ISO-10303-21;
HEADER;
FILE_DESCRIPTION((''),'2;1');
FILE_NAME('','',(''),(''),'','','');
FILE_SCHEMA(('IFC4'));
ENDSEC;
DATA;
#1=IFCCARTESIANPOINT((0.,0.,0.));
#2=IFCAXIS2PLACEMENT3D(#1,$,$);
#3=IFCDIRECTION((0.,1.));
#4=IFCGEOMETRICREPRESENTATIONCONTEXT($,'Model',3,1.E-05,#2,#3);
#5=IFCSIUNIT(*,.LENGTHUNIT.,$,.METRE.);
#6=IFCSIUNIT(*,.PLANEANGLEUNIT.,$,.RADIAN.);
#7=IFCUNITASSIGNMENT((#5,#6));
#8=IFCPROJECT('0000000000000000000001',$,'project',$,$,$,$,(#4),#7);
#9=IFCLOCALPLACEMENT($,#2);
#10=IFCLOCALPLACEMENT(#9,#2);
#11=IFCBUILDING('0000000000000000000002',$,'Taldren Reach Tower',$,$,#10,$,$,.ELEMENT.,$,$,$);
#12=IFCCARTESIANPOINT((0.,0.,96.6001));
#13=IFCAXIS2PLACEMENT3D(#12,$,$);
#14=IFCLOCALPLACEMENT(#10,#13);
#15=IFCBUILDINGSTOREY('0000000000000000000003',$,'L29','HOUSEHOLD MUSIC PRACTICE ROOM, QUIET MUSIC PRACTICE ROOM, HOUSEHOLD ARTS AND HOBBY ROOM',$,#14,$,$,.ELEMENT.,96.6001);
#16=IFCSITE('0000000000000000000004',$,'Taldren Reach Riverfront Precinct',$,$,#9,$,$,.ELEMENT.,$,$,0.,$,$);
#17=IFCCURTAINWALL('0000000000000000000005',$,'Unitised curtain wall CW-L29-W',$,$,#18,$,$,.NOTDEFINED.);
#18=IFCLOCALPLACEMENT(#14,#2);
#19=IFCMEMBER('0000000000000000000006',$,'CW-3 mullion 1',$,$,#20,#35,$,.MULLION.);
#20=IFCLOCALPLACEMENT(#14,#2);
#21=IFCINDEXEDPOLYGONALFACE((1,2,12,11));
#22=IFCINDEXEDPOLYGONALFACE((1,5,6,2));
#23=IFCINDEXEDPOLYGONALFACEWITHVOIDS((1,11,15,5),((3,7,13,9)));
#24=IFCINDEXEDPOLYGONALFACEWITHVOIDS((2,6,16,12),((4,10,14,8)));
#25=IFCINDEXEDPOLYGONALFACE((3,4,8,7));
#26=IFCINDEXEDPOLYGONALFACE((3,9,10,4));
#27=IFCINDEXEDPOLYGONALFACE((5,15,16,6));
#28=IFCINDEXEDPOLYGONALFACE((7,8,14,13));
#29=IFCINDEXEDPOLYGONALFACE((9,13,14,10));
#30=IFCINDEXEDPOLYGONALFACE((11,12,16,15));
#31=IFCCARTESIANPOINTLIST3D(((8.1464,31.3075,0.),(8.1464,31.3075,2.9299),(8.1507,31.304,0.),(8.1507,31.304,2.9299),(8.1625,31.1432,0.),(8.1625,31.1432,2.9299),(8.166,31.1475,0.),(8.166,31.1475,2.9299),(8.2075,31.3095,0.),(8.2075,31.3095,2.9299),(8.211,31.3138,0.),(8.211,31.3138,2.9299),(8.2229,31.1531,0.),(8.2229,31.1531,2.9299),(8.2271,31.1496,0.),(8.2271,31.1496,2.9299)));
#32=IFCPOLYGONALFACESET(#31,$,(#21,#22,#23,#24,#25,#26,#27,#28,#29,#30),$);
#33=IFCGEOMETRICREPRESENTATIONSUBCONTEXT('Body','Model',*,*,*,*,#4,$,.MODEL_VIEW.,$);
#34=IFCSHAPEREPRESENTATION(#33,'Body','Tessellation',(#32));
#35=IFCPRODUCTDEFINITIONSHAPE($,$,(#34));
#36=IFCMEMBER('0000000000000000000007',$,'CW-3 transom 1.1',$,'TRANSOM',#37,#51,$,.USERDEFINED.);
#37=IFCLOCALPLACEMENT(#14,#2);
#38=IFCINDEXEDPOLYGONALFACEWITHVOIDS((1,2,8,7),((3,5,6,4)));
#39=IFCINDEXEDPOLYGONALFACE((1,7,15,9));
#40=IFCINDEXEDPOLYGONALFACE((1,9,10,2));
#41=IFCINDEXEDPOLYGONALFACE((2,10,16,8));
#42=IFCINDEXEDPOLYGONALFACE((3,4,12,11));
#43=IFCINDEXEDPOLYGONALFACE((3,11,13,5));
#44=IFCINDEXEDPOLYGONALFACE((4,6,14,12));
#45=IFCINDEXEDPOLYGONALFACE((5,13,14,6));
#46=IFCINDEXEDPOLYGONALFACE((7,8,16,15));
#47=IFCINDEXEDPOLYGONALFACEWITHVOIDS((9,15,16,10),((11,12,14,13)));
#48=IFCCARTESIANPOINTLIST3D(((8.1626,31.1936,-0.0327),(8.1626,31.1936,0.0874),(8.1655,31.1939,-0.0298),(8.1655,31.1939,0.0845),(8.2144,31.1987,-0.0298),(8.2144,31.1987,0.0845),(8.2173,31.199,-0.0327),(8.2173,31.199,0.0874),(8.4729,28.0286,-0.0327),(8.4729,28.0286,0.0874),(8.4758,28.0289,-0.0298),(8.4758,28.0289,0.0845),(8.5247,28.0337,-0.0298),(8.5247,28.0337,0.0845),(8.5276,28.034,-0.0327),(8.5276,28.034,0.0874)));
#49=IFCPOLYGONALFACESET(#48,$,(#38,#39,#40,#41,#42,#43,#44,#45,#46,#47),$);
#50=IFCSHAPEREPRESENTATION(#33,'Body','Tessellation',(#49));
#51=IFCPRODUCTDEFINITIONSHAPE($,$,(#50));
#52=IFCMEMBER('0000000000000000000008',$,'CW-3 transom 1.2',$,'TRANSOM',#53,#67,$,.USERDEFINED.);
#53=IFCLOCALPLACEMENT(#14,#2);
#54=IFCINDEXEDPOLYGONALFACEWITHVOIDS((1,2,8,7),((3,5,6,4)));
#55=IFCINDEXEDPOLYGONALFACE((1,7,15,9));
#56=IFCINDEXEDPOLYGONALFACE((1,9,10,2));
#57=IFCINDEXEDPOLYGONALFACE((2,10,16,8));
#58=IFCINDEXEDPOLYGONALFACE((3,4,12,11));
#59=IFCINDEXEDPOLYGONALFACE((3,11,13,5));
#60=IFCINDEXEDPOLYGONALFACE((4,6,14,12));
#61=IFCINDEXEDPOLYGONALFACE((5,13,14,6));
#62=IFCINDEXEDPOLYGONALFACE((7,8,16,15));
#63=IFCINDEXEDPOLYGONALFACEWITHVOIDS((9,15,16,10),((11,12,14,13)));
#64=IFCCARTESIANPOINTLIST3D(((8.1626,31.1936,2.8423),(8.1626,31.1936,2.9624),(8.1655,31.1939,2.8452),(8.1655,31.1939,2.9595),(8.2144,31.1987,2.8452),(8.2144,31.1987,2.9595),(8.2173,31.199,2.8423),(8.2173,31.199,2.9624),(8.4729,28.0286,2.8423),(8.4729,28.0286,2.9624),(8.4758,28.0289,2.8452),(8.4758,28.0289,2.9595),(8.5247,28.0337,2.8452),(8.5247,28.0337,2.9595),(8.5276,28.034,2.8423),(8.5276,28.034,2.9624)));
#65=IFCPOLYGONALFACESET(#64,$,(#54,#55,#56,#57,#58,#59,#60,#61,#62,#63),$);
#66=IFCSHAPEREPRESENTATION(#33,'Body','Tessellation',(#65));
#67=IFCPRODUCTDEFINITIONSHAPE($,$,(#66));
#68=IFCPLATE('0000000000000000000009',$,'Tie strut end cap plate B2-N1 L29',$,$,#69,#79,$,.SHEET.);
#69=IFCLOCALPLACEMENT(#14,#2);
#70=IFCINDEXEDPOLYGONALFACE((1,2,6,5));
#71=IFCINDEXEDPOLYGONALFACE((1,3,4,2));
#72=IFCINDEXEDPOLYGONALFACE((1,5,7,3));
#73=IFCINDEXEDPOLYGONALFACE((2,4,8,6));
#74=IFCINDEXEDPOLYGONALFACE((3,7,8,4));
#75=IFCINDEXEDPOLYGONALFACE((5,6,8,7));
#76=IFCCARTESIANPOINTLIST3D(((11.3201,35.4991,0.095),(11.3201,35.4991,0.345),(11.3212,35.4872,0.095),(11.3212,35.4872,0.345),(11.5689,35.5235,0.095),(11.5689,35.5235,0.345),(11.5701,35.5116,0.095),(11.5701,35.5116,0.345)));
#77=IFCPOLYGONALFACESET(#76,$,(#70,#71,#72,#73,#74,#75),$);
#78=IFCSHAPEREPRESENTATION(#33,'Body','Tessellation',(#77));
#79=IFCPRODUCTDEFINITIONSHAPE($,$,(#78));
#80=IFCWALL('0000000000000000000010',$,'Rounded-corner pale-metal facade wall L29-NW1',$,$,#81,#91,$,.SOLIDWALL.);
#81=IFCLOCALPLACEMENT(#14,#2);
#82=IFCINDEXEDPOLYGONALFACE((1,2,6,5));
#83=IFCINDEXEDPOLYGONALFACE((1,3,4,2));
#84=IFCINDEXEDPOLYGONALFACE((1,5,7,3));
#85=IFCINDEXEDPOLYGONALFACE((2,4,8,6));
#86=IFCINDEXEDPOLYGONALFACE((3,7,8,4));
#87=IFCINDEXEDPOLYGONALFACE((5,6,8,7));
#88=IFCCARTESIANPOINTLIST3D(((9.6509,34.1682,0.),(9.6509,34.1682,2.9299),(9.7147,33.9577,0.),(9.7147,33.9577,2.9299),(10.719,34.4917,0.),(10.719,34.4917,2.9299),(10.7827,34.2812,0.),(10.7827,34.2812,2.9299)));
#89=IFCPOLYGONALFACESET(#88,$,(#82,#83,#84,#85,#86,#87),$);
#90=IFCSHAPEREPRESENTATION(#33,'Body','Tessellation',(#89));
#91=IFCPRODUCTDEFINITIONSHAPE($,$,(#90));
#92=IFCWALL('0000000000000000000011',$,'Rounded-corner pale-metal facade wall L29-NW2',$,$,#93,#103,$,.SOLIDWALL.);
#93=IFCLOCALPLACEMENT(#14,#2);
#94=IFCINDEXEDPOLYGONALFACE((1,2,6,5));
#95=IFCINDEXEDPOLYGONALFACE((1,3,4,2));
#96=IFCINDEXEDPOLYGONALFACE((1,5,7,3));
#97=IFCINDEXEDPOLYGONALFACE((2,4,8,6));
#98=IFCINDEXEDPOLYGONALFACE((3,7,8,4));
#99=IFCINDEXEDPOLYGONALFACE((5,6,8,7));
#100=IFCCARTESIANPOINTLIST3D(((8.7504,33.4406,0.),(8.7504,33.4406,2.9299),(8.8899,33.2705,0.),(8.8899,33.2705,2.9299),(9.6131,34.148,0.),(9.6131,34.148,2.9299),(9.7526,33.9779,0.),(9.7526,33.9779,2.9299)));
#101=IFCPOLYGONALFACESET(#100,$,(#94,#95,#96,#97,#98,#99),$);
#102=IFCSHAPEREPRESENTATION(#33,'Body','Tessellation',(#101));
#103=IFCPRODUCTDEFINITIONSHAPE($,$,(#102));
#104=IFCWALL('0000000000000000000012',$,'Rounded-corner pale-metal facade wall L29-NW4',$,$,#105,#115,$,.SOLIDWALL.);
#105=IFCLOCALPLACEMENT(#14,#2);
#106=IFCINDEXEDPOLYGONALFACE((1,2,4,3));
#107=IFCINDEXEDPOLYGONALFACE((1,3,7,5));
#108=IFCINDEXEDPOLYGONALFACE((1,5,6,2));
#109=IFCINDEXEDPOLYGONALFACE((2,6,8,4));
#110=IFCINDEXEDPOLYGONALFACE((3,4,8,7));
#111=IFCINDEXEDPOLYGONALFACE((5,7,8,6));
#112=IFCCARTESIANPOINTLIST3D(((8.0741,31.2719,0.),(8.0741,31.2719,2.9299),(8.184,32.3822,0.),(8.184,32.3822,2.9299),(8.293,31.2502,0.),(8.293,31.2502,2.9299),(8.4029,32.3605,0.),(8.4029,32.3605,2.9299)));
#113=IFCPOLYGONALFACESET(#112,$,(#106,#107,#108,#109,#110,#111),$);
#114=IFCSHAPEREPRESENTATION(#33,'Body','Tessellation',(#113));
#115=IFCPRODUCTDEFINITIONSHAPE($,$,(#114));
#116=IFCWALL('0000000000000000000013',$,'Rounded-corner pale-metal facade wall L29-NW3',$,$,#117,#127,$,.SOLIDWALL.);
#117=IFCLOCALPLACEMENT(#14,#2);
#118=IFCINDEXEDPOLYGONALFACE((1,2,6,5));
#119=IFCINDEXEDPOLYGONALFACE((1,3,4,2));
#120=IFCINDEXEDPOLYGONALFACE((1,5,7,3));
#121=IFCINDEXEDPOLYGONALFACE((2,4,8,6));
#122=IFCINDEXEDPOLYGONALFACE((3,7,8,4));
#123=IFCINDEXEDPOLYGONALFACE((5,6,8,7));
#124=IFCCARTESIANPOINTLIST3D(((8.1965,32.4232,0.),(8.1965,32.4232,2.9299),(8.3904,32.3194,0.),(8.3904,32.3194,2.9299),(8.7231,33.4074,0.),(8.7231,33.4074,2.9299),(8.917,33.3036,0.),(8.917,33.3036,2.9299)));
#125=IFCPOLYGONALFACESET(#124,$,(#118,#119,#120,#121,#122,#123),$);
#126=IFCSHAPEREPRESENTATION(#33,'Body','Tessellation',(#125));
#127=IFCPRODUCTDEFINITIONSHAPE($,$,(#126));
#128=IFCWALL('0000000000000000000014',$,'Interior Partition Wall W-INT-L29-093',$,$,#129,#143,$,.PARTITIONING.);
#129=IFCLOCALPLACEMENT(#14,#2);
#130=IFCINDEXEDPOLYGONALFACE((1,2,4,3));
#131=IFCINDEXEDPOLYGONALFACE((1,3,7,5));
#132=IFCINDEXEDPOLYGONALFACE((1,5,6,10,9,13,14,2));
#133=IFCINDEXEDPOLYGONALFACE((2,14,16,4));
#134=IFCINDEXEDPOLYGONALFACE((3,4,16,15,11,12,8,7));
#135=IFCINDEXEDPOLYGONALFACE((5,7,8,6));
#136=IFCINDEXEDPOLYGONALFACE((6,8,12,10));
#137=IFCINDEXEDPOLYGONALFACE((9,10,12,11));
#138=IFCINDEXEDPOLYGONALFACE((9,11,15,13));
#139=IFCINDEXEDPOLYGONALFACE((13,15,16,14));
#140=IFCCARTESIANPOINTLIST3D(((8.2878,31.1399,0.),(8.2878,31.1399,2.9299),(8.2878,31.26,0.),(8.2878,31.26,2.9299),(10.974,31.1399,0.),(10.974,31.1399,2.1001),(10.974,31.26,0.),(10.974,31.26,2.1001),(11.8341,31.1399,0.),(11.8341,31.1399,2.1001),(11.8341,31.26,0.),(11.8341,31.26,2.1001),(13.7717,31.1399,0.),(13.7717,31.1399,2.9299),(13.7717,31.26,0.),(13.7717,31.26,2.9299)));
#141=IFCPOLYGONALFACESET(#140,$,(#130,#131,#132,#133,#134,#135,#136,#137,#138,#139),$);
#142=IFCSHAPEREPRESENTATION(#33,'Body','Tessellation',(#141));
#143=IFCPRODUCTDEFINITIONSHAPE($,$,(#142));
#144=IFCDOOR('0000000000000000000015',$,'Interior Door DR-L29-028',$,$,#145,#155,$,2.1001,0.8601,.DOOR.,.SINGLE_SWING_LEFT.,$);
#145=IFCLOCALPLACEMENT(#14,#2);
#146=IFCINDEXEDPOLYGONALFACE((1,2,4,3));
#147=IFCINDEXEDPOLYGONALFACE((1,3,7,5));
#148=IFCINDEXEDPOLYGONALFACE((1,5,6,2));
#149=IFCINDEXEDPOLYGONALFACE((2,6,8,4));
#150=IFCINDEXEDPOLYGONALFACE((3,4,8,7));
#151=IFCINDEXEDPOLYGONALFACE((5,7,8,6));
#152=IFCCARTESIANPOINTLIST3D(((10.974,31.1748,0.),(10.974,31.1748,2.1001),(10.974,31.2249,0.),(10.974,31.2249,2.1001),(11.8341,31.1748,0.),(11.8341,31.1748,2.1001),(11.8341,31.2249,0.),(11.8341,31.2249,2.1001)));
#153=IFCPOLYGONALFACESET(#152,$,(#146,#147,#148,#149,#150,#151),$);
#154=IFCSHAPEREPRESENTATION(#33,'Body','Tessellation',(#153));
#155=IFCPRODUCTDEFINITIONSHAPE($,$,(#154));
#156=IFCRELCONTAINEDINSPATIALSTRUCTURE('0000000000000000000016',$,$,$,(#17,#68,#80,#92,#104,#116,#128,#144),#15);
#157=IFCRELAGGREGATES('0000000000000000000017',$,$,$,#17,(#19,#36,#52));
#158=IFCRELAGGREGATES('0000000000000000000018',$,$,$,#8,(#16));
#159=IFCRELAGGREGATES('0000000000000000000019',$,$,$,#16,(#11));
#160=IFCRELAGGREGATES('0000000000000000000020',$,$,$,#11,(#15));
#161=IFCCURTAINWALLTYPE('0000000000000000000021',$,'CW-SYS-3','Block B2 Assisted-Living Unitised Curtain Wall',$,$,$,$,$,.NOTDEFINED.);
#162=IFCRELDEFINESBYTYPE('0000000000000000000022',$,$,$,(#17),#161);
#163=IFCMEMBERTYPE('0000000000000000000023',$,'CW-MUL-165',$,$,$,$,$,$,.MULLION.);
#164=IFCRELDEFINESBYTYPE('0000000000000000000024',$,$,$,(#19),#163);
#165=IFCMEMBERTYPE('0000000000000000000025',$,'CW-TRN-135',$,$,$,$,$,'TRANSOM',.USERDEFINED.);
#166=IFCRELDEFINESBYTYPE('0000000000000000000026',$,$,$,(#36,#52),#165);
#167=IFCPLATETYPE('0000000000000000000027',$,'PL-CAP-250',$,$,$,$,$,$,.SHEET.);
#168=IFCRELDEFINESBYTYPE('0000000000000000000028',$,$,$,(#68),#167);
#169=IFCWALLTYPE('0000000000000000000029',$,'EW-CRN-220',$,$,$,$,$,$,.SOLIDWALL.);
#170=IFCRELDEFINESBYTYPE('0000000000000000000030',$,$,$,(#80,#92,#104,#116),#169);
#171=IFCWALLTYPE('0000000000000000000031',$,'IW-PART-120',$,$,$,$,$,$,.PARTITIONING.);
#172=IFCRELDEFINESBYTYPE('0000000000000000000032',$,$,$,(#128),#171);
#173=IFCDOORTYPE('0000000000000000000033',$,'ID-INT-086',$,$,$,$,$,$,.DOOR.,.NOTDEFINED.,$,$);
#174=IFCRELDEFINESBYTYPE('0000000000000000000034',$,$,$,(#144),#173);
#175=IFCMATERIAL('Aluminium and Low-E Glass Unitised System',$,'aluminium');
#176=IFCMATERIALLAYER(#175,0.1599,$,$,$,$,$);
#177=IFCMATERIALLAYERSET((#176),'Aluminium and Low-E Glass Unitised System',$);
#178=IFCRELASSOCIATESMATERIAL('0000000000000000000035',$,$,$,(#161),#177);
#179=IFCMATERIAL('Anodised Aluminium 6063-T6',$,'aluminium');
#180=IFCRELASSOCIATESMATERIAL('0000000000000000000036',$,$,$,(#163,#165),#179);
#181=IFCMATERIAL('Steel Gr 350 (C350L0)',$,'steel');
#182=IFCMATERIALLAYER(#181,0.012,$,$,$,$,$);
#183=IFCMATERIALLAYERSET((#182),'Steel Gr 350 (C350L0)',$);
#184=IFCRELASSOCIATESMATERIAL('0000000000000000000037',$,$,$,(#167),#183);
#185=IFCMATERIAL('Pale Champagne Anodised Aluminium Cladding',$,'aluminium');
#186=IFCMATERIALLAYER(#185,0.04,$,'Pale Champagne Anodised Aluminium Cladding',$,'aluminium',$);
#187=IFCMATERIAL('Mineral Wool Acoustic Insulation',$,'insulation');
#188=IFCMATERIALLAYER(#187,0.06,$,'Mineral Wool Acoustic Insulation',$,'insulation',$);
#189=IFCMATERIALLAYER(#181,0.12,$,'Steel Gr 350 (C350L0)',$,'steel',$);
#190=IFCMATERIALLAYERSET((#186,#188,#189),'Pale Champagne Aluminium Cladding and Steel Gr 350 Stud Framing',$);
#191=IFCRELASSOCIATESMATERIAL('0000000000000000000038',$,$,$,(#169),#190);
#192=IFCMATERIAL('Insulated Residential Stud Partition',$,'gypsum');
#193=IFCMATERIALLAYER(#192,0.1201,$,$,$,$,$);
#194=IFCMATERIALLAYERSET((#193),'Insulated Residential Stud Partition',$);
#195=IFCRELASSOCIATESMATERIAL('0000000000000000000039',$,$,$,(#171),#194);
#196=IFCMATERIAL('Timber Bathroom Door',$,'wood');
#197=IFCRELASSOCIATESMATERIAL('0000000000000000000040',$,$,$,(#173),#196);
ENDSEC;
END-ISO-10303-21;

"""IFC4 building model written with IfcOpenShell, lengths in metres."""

from ifc_helpers import new_model, si_unit, direction, frame, frame_2d, origin, origin_2d, place, context, subcontext, project, spatial, rectangle, hollow_rectangle, extrude, source, transform, mapped, material, layer, layer_set, material_profile, profile_set, type_object, element, fill, aggregate, save


model = new_model("IFC4")

# Units and contexts
model_context = context("Model", 3, precision=1e-05, world=origin(), true_north=direction((0.0, 1.0)))
body_context = subcontext(model_context, "Body", "Model", "MODEL_VIEW")
ifc_project = project(units=[si_unit("LENGTHUNIT", "METRE"), si_unit("PLANEANGLEUNIT", "RADIAN")], contexts=[model_context])

# Site, building, storey
site_placement = place(None, origin())
site = spatial("IfcSite", under=ifc_project, at=site_placement, Name="Taldren Reach Riverfront Precinct", CompositionType="ELEMENT", RefElevation=0.0)
building_placement = place(site_placement, origin())
building = spatial("IfcBuilding", under=site, at=building_placement, Name="Taldren Reach Tower", CompositionType="ELEMENT")
storey_placement = place(building_placement, frame((0.0, 0.0, 96.6001)))
storey = spatial("IfcBuildingStorey", under=building, at=storey_placement, Name="L29", Description="HOUSEHOLD MUSIC PRACTICE ROOM, QUIET MUSIC PRACTICE ROOM, HOUSEHOLD ARTS AND HOBBY ROOM", CompositionType="ELEMENT", Elevation=96.6001)

# Shared definitions
ifc_material_1 = material(Name="Steel Gr 350 (C350L0)", Category="steel")

# Shared definitions
ifc_material_2 = material(Name="Aluminium and Low-E Glass Unitised System", Category="aluminium")
ifc_layer_1 = layer(ifc_material_2, 0.1599)
ifc_layer_set_1 = layer_set([ifc_layer_1], Name="Aluminium and Low-E Glass Unitised System")
curtain_wall_type = type_object("IfcCurtainWallType", Name="CW-SYS-3", Description="Block B2 Assisted-Living Unitised Curtain Wall", PredefinedType="NOTDEFINED", material=ifc_layer_set_1)
ifc_material_3 = material(Name="Anodised Aluminium 6063-T6", Category="aluminium")
ifc_material_profile_1 = material_profile(ifc_material_3, hollow_rectangle(XDim=0.0649, YDim=0.165, WallThickness=0.0039, at=origin_2d()), Name="ALU-165x65x4RHS")
ifc_profile_set_1 = profile_set([ifc_material_profile_1], Name="Anodised Aluminium 6063-T6")
member_type_1 = type_object("IfcMemberType", Name="CW-MUL-165", PredefinedType="MULLION", material=ifc_profile_set_1)
shared_shape_1 = source(origin(), body_context, "Body", "SweptSolid", [
    extrude(hollow_rectangle(XDim=0.0649, YDim=0.165, WallThickness=0.0039, at=origin_2d()), origin(), (0.0, 0.0, 1.0), 2.9299),
])

# Curtain wall, members
curtain_wall_1_placement = place(storey_placement, origin())
curtain_wall_1 = element("IfcCurtainWall", 1, at=curtain_wall_1_placement, inside=storey, type_object=curtain_wall_type, Name="Unitised curtain wall CW-L29-W", PredefinedType="NOTDEFINED")
member_1_placement = place(storey_placement, frame((8.1868, 31.2285, 0.0), z_axis=(0.0, 0.0, 1.0), x_axis=(0.995227, 0.097583, 0.0)))
member_1 = element("IfcMember", 2, at=member_1_placement, type_object=member_type_1, Name="CW-3 mullion 1", PredefinedType="MULLION", context=body_context, shape_type="MappedRepresentation", body=[
    mapped(shared_shape_1, transform((0.0, 0.0, 0.0), scale=1.0)),
])
ifc_material_profile_2 = material_profile(ifc_material_3, hollow_rectangle(XDim=0.0549, YDim=0.1201, WallThickness=0.0029, at=origin_2d()), Name="ALU-120x55x3RHS")
ifc_profile_set_2 = profile_set([ifc_material_profile_2], Name="Anodised Aluminium 6063-T6")
member_type_2 = type_object("IfcMemberType", Name="CW-TRN-135", ElementType="TRANSOM", PredefinedType="USERDEFINED", material=ifc_profile_set_2)
shared_shape_2 = source(origin(), body_context, "Body", "SweptSolid", [
    extrude(hollow_rectangle(XDim=0.0549, YDim=0.1201, WallThickness=0.0029, at=origin_2d()), origin(), (0.0, 0.0, 1.0), 3.1802),
])
member_2_placement = place(storey_placement, frame((8.1899, 31.1963, 0.0273), z_axis=(0.097573, -0.995228, 0.0), x_axis=(0.995228, 0.097573, 0.0)))
member_2 = element("IfcMember", 3, at=member_2_placement, type_object=member_type_2, Name="CW-3 transom 1.1", ObjectType="TRANSOM", PredefinedType="USERDEFINED", context=body_context, shape_type="MappedRepresentation", body=[
    mapped(shared_shape_2, transform((0.0, 0.0, 0.0), scale=1.0)),
])
member_3_placement = place(storey_placement, frame((8.1899, 31.1963, 2.9023), z_axis=(0.097573, -0.995228, 0.0), x_axis=(0.995228, 0.097573, 0.0)))
member_3 = element("IfcMember", 4, at=member_3_placement, type_object=member_type_2, Name="CW-3 transom 1.2", ObjectType="TRANSOM", PredefinedType="USERDEFINED", context=body_context, shape_type="MappedRepresentation", body=[
    mapped(shared_shape_2, transform((0.0, 0.0, 0.0), scale=1.0)),
])
aggregate(curtain_wall_1, [member_1, member_2, member_3])

# Plate
ifc_layer_2 = layer(ifc_material_1, 0.012)
ifc_layer_set_2 = layer_set([ifc_layer_2], Name="Steel Gr 350 (C350L0)")
plate_type = type_object("IfcPlateType", Name="PL-CAP-250", PredefinedType="SHEET", material=ifc_layer_set_2)
shared_shape_3 = source(origin(), body_context, "Body", "SweptSolid", [
    extrude(rectangle(XDim=0.25, YDim=0.012, at=origin_2d()), origin(), (0.0, 0.0, 1.0), 0.25),
])
plate_placement = place(storey_placement, frame((11.4451, 35.5054, 0.095), z_axis=(0.0, 0.0, 1.0), x_axis=(0.995227, 0.097583, 0.0)))
element("IfcPlate", 5, at=plate_placement, inside=storey, type_object=plate_type, Name="Tie strut end cap plate B2-N1 L29", PredefinedType="SHEET", context=body_context, shape_type="MappedRepresentation", body=[
    mapped(shared_shape_3, transform((0.0, 0.0, 0.0), scale=1.0)),
])

# Walls
ifc_material_4 = material(Name="Pale Champagne Anodised Aluminium Cladding", Category="aluminium")
ifc_layer_3 = layer(ifc_material_4, 0.04, Name="Pale Champagne Anodised Aluminium Cladding", Category="aluminium")
ifc_material_5 = material(Name="Mineral Wool Acoustic Insulation", Category="insulation")
ifc_layer_4 = layer(ifc_material_5, 0.06, Name="Mineral Wool Acoustic Insulation", Category="insulation")
ifc_layer_5 = layer(ifc_material_1, 0.12, Name="Steel Gr 350 (C350L0)", Category="steel")
ifc_layer_set_3 = layer_set([ifc_layer_3, ifc_layer_4, ifc_layer_5], Name="Pale Champagne Aluminium Cladding and Steel Gr 350 Stud Framing")
wall_type_1 = type_object("IfcWallType", Name="EW-CRN-220", PredefinedType="SOLIDWALL", material=ifc_layer_set_3)
shared_shape_4 = source(origin(), body_context, "Body", "SweptSolid", [
    extrude(rectangle(XDim=1.116, YDim=0.22, at=frame_2d((0.5581, 0.0))), origin(), (0.0, 0.0, 1.0), 2.9299),
])
wall_1_placement = place(storey_placement, frame((10.751, 34.3865, 0.0), z_axis=(0.0, 0.0, 1.0), x_axis=(-0.95707, -0.289856, 0.0)))
element("IfcWall", 6, at=wall_1_placement, inside=storey, type_object=wall_type_1, Name="Rounded-corner pale-metal facade wall L29-NW1", PredefinedType="SOLIDWALL", context=body_context, shape_type="MappedRepresentation", body=[
    mapped(shared_shape_4, transform((0.0, 0.0, 0.0), scale=1.0)),
])
shared_shape_5 = source(origin(), body_context, "Body", "SweptSolid", [
    extrude(rectangle(XDim=1.1157, YDim=0.22, at=frame_2d((0.5579, 0.0))), origin(), (0.0, 0.0, 1.0), 2.9299),
])
for number, where, z_axis, x_axis, name in (
    (7, (9.6829, 34.063, 0.0), (0.0, 0.0, 1.0), (-0.773255, -0.634095, 0.0), "Rounded-corner pale-metal facade wall L29-NW2"),
    (8, (8.2935, 32.3713, 0.0), (0.0, 0.0, 1.0), (-0.098464, -0.995141, 0.0), "Rounded-corner pale-metal facade wall L29-NW4"),
):
    element("IfcWall", number, at=place(storey_placement, frame(where, z_axis=z_axis, x_axis=x_axis)), inside=storey, type_object=wall_type_1, Name=name, PredefinedType="SOLIDWALL", context=body_context, shape_type="MappedRepresentation", body=[
        mapped(shared_shape_5, transform((0.0, 0.0, 0.0), scale=1.0)),
    ])
shared_shape_6 = source(origin(), body_context, "Body", "SweptSolid", [
    extrude(rectangle(XDim=1.1162, YDim=0.22, at=frame_2d((0.5581, 0.0))), origin(), (0.0, 0.0, 1.0), 2.9299),
])
wall_2_placement = place(storey_placement, frame((8.8201, 33.3555, 0.0), z_axis=(0.0, 0.0, 1.0), x_axis=(-0.471803, -0.881704, 0.0)))
element("IfcWall", 9, at=wall_2_placement, inside=storey, type_object=wall_type_1, Name="Rounded-corner pale-metal facade wall L29-NW3", PredefinedType="SOLIDWALL", context=body_context, shape_type="MappedRepresentation", body=[
    mapped(shared_shape_6, transform((0.0, 0.0, 0.0), scale=1.0)),
])

# Wall, opening, door
ifc_material_6 = material(Name="Insulated Residential Stud Partition", Category="gypsum")
ifc_layer_6 = layer(ifc_material_6, 0.1201)
ifc_layer_set_4 = layer_set([ifc_layer_6], Name="Insulated Residential Stud Partition")
wall_type_2 = type_object("IfcWallType", Name="IW-PART-120", PredefinedType="PARTITIONING", material=ifc_layer_set_4)
shared_shape_7 = source(origin(), body_context, "Body", "SweptSolid", [
    extrude(rectangle(XDim=5.4839, YDim=0.1201, at=frame_2d((2.7419, 0.0))), origin(), (0.0, 0.0, 1.0), 2.9299),
])
wall_3_placement = place(storey_placement, frame((8.2878, 31.2, 0.0), z_axis=(0.0, 0.0, 1.0), x_axis=(1.0, 0.0, 0.0)))
wall_3 = element("IfcWall", 10, at=wall_3_placement, inside=storey, type_object=wall_type_2, Name="Interior Partition Wall W-INT-L29-093", PredefinedType="PARTITIONING", context=body_context, shape_type="MappedRepresentation", body=[
    mapped(shared_shape_7, transform((0.0, 0.0, 0.0), scale=1.0)),
])
shared_shape_8 = source(origin(), body_context, "Body", "SweptSolid", [
    extrude(rectangle(XDim=0.8601, YDim=2.1001, at=frame_2d((0.4302, 1.05))), frame((0.0, 0.0701, 0.0), z_axis=(0.0, -1.0, 0.0), x_axis=(1.0, 0.0, 0.0)), (0.0, 0.0, 1.0), 0.1401),
])
opening_placement = place(wall_3_placement, frame((2.686, 0.0, 0.0)))
opening = element("IfcOpeningElement", 11, at=opening_placement, cuts=wall_3, PredefinedType="OPENING", context=body_context, shape_type="MappedRepresentation", body=[
    mapped(shared_shape_8, transform((0.0, 0.0, 0.0), scale=1.0)),
])
ifc_material_7 = material(Name="Timber Bathroom Door", Category="wood")
door_type = type_object("IfcDoorType", Name="ID-INT-086", OperationType="NOTDEFINED", PredefinedType="DOOR", material=ifc_material_7)
shared_shape_9 = source(origin(), body_context, "Body", "SweptSolid", [
    extrude(rectangle(XDim=0.8601, YDim=2.1001, at=frame_2d((0.4302, 1.05))), frame((0.0, 0.0249, 0.0), z_axis=(0.0, -1.0, 0.0), x_axis=(1.0, 0.0, 0.0)), (0.0, 0.0, 1.0), 0.05),
])
door_placement = place(opening_placement, origin())
door = element("IfcDoor", 12, at=door_placement, inside=storey, type_object=door_type, Name="Interior Door DR-L29-028", OperationType="SINGLE_SWING_LEFT", OverallHeight=2.1001, OverallWidth=0.8601, PredefinedType="DOOR", context=body_context, shape_type="MappedRepresentation", body=[
    mapped(shared_shape_9, transform((0.0, 0.0, 0.0), scale=1.0)),
])
fill(opening, door)

save(model, "model.ifc")
